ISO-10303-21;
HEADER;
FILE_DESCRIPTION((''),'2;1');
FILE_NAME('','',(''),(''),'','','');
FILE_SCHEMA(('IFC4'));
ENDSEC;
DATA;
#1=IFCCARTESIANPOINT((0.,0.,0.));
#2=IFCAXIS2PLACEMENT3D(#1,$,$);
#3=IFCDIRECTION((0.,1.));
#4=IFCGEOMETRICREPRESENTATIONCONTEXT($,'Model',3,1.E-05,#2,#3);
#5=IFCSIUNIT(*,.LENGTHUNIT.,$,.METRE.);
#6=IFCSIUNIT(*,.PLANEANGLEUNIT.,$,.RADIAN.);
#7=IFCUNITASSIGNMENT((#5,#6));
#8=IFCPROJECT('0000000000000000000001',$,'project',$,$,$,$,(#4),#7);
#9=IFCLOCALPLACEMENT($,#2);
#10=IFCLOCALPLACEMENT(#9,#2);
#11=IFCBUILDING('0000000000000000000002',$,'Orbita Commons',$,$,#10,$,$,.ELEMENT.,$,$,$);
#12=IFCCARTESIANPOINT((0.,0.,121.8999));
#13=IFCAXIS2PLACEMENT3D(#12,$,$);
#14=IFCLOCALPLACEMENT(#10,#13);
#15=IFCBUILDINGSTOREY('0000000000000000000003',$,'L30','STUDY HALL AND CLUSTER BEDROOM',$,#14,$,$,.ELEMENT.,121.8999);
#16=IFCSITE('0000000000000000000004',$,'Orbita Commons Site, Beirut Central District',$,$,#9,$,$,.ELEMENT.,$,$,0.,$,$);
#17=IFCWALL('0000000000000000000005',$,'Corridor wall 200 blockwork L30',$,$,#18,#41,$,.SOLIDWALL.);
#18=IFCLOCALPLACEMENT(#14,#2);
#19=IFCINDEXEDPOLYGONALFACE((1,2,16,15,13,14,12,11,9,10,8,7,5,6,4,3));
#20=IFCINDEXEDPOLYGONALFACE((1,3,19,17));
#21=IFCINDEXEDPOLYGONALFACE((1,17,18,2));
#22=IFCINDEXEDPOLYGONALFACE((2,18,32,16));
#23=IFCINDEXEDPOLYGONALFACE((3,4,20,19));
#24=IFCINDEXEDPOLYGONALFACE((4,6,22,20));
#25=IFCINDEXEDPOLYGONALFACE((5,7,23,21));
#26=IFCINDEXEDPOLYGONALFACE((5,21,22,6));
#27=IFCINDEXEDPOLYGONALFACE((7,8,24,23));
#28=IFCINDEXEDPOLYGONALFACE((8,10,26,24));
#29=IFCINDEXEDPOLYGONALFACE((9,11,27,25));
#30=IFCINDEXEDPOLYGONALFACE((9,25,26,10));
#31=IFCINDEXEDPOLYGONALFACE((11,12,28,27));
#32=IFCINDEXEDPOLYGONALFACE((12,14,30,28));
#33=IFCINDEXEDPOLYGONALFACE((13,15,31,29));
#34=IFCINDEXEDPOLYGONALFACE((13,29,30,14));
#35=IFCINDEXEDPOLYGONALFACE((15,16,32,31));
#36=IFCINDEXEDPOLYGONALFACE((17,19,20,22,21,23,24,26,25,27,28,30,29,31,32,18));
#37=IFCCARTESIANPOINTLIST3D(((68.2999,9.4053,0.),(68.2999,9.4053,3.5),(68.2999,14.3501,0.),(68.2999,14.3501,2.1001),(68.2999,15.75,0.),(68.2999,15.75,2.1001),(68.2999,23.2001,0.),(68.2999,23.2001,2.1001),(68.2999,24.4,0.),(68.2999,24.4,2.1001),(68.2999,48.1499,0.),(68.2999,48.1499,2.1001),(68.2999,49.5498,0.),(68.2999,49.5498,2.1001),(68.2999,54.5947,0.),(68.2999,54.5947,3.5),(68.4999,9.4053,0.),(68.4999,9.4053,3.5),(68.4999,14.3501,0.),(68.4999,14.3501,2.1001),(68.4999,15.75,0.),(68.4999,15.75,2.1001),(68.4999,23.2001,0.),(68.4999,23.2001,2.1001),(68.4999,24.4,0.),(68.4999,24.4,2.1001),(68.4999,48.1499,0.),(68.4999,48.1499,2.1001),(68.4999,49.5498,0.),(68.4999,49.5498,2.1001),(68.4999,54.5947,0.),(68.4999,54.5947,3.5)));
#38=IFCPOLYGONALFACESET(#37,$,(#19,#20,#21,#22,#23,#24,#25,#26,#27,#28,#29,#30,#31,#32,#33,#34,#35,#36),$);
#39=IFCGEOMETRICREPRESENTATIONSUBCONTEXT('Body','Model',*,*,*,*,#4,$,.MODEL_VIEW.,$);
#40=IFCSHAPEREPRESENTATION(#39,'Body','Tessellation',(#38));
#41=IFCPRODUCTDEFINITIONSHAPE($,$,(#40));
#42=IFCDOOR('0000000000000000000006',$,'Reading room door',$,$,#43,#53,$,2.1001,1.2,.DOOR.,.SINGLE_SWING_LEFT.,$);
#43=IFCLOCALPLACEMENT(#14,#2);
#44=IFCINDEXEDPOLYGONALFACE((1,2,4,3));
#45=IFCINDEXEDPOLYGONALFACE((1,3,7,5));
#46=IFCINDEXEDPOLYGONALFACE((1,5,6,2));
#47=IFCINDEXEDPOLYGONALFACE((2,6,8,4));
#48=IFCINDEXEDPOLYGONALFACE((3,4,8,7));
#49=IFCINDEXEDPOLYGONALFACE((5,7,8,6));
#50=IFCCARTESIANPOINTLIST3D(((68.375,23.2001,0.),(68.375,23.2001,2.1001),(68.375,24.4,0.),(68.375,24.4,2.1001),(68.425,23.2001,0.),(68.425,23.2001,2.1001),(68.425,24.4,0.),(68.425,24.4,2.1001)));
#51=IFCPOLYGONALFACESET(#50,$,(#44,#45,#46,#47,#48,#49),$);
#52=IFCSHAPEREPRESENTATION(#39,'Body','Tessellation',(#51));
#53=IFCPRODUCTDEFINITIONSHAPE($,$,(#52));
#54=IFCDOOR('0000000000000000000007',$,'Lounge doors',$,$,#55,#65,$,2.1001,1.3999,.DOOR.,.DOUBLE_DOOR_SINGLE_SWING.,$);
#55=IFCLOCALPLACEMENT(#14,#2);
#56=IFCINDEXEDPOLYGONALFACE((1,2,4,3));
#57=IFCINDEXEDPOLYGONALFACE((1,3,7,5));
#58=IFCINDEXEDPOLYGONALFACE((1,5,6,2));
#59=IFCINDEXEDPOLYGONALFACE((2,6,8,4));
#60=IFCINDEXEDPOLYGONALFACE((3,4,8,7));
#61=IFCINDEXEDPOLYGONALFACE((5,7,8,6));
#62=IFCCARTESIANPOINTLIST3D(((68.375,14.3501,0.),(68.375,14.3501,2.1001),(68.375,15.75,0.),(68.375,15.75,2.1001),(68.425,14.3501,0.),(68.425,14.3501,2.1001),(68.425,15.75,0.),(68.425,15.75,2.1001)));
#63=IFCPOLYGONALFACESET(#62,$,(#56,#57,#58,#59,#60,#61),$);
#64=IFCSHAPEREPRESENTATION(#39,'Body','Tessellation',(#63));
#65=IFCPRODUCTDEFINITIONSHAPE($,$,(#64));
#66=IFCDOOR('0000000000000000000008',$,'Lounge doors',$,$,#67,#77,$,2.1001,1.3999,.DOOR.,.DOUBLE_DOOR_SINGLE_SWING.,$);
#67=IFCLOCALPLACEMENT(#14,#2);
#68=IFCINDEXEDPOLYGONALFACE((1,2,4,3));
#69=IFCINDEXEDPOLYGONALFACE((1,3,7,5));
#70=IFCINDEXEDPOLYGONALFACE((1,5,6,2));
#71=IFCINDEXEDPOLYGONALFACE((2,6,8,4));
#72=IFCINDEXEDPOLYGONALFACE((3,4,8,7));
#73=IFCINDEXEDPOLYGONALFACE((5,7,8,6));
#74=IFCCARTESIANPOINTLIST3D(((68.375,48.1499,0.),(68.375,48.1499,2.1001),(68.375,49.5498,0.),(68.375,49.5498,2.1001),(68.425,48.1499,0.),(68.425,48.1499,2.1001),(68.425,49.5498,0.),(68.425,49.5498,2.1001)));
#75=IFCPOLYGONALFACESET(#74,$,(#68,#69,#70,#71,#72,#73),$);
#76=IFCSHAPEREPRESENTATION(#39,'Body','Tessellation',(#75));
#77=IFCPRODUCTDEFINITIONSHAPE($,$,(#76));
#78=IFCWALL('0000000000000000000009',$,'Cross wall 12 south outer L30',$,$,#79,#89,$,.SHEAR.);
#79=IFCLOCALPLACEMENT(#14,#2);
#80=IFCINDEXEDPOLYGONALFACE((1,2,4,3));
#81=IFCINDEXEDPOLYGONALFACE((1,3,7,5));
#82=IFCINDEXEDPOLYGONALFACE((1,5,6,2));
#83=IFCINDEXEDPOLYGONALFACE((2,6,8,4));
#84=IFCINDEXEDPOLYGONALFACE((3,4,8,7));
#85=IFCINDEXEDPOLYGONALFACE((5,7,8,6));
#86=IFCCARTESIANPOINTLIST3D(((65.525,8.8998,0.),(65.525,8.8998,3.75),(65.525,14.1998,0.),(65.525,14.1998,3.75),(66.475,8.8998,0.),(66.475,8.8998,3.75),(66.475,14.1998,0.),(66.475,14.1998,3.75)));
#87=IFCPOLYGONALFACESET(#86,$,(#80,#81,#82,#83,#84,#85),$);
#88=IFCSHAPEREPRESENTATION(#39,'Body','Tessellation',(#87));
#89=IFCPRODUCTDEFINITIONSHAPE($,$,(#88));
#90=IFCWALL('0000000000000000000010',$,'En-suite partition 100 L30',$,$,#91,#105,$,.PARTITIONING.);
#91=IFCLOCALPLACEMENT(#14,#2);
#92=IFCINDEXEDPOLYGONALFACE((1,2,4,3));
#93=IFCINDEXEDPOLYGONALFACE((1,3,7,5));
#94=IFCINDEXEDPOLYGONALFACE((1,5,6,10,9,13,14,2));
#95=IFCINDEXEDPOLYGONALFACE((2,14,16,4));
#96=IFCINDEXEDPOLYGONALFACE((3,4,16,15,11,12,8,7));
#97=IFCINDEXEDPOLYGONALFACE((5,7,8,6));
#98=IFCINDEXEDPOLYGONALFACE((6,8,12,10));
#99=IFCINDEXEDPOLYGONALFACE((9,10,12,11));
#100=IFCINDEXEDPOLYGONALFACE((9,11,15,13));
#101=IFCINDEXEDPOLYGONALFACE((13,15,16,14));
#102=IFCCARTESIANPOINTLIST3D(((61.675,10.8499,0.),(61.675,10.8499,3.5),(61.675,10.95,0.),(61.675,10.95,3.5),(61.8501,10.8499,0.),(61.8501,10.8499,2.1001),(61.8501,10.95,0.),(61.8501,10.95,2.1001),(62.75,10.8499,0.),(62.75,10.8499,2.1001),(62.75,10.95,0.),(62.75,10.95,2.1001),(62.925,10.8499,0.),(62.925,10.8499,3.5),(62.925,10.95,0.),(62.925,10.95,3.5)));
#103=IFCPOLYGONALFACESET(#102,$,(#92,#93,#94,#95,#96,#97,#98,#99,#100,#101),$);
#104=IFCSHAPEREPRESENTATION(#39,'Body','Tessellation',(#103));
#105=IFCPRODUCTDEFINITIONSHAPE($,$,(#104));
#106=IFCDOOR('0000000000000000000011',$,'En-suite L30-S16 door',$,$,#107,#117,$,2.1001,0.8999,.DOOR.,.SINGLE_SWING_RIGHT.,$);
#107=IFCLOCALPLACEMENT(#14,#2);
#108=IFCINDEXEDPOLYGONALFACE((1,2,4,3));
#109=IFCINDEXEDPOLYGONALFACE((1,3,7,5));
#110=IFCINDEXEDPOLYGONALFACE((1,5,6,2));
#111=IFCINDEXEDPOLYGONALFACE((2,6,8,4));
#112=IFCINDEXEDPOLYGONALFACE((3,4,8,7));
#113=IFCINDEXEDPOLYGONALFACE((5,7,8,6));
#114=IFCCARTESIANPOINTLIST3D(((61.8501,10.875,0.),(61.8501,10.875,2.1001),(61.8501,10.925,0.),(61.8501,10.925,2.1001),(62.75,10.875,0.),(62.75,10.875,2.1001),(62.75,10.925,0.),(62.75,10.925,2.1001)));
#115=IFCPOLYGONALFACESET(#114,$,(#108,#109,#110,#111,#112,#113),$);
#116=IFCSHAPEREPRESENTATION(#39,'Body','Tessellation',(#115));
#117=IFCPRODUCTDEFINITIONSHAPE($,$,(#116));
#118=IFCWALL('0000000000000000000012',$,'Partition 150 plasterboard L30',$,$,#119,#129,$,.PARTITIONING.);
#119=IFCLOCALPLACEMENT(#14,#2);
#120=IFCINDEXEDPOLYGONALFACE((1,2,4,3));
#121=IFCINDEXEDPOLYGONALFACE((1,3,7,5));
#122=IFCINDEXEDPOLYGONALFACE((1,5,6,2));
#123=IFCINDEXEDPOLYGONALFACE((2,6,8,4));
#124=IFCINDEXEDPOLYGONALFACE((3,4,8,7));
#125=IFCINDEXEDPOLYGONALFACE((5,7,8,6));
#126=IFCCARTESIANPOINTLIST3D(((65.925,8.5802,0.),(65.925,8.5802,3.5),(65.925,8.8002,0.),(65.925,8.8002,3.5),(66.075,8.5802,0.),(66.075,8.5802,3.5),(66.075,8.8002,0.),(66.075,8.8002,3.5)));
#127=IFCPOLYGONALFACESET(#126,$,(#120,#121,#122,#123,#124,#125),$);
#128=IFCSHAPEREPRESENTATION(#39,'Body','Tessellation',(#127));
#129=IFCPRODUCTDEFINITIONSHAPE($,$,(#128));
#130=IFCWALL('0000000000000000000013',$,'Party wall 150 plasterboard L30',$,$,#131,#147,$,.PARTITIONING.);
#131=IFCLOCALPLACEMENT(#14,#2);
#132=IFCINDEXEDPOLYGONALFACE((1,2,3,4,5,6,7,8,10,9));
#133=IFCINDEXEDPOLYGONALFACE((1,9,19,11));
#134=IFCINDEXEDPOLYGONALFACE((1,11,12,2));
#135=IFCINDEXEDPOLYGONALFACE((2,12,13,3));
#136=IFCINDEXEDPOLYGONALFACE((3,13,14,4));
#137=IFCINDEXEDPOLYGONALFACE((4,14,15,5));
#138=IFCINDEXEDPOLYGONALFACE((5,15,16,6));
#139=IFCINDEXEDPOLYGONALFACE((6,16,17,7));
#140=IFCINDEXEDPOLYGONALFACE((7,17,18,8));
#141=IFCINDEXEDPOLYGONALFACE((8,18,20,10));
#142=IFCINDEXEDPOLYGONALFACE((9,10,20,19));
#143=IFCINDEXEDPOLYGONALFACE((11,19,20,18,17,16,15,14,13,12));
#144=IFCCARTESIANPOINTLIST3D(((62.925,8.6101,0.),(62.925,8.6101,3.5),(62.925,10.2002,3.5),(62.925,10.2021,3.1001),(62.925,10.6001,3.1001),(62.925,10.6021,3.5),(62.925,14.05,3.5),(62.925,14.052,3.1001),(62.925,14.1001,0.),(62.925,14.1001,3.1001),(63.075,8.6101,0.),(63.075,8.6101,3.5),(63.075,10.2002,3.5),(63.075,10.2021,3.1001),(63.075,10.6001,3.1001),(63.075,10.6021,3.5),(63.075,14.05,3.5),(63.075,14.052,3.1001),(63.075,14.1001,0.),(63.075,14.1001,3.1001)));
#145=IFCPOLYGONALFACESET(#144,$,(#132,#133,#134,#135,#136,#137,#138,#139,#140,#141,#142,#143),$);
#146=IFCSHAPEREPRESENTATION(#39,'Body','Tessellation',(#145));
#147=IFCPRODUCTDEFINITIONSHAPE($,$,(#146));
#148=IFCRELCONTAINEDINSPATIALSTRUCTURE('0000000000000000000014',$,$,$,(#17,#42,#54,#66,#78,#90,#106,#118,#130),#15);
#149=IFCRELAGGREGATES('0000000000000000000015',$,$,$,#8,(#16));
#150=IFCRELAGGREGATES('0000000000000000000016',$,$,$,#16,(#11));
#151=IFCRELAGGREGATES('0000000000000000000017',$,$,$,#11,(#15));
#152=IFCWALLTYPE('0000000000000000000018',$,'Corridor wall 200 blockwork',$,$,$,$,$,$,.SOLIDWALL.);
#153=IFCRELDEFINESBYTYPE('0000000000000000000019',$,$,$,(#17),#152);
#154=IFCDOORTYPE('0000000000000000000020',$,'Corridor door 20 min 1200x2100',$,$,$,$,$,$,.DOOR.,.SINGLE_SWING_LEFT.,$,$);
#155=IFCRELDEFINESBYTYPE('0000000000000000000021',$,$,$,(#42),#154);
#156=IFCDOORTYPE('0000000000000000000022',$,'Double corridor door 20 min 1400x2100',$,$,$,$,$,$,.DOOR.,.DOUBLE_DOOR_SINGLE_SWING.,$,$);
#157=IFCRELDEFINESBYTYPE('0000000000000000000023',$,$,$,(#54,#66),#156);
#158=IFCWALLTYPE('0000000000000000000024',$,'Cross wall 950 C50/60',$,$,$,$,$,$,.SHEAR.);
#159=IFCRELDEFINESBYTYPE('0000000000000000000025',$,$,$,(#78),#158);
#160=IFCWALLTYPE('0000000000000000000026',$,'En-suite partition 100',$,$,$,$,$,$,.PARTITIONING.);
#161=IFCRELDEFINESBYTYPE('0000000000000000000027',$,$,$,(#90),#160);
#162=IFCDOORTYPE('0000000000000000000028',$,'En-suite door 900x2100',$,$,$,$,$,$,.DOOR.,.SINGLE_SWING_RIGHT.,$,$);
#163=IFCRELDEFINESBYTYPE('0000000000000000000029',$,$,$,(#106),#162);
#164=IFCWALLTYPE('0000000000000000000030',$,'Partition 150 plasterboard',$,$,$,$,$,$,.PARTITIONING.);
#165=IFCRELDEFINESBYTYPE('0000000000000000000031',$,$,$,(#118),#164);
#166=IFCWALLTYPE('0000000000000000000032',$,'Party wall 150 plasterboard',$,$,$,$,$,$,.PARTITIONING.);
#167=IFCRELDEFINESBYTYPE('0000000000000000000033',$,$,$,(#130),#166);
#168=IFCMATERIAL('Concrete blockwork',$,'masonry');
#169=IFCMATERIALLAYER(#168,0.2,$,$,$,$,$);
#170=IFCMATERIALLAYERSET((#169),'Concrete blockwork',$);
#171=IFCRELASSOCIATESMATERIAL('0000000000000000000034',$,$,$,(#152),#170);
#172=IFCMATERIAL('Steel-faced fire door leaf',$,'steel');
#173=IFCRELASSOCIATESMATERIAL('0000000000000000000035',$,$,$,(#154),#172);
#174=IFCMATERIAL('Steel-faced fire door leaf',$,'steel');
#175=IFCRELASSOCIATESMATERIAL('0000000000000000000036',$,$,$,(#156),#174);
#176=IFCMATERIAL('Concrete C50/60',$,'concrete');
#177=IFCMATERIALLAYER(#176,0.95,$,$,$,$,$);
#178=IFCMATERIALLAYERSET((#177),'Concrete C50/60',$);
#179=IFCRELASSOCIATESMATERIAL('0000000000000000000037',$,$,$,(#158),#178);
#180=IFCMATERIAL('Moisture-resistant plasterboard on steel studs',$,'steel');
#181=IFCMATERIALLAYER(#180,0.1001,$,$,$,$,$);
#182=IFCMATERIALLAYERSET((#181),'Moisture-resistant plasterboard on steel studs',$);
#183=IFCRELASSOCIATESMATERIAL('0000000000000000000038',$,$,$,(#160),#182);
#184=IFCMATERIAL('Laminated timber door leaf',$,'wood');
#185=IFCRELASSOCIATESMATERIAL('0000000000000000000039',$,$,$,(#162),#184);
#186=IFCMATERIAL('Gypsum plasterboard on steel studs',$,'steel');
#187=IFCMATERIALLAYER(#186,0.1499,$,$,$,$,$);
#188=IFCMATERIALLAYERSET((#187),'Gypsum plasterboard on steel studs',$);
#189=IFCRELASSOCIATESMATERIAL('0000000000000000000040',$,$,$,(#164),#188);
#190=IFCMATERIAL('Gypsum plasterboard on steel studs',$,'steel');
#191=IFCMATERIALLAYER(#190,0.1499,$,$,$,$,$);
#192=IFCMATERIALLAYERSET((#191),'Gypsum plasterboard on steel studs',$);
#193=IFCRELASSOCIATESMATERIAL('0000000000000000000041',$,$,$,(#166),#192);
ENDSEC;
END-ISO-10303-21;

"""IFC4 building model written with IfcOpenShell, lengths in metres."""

from ifc_helpers import new_model, si_unit, direction, frame, frame_2d, origin, place, context, subcontext, project, spatial, polyline, rectangle, outline, extrude, material, layer, layer_set, type_object, element, fill, save


model = new_model("IFC4")

# Units and contexts
model_context = context("Model", 3, precision=1e-05, world=origin(), true_north=direction((0.0, 1.0)))
body_context = subcontext(model_context, "Body", "Model", "MODEL_VIEW")
ifc_project = project(units=[si_unit("LENGTHUNIT", "METRE"), si_unit("PLANEANGLEUNIT", "RADIAN")], contexts=[model_context])

# Site, building, storey
site_placement = place(None, origin())
site = spatial("IfcSite", under=ifc_project, at=site_placement, Name="Orbita Commons Site, Beirut Central District", CompositionType="ELEMENT", RefElevation=0.0)
building_placement = place(site_placement, origin())
building = spatial("IfcBuilding", under=site, at=building_placement, Name="Orbita Commons", CompositionType="ELEMENT")
storey_placement = place(building_placement, frame((0.0, 0.0, 121.8999)))
storey = spatial("IfcBuildingStorey", under=building, at=storey_placement, Name="L30", Description="STUDY HALL AND CLUSTER BEDROOM", CompositionType="ELEMENT", Elevation=121.8999)

# Wall, openings, doors
ifc_material_1 = material(Name="Concrete blockwork", Category="masonry")
ifc_layer_1 = layer(ifc_material_1, 0.2)
ifc_layer_set_1 = layer_set([ifc_layer_1], Name="Concrete blockwork")
wall_type_1 = type_object("IfcWallType", Name="Corridor wall 200 blockwork", PredefinedType="SOLIDWALL", material=ifc_layer_set_1)
wall_1_placement = place(storey_placement, frame((68.3999, 9.4053, 0.0), z_axis=(0.0, 0.0, 1.0), x_axis=(0.0, 1.0, 0.0)))
wall_1 = element("IfcWall", 1, at=wall_1_placement, inside=storey, type_object=wall_type_1, Name="Corridor wall 200 blockwork L30", PredefinedType="SOLIDWALL", context=body_context, shape_type="SweptSolid", body=[
    extrude(rectangle(XDim=45.1895, YDim=0.2, at=frame_2d((22.5947, 0.0))), origin(), (0.0, 0.0, 1.0), 3.5),
])
opening_1_placement = place(wall_1_placement, frame((13.7947, 0.0, 0.0)))
opening_1 = element("IfcOpeningElement", 2, at=opening_1_placement, cuts=wall_1, PredefinedType="OPENING", context=body_context, shape_type="SweptSolid", body=[
    extrude(rectangle(XDim=1.2, YDim=2.1001, at=frame_2d((0.6001, 1.05))), frame((0.0, 0.1099, 0.0), z_axis=(0.0, -1.0, 0.0), x_axis=(1.0, 0.0, 0.0)), (0.0, 0.0, 1.0), 0.22),
])
opening_2_placement = place(wall_1_placement, frame((4.9448, 0.0, 0.0)))
opening_2 = element("IfcOpeningElement", 3, at=opening_2_placement, cuts=wall_1, PredefinedType="OPENING", context=body_context, shape_type="SweptSolid", body=[
    extrude(rectangle(XDim=1.3999, YDim=2.1001, at=frame_2d((0.7, 1.05))), frame((0.0, 0.1099, 0.0), z_axis=(0.0, -1.0, 0.0), x_axis=(1.0, 0.0, 0.0)), (0.0, 0.0, 1.0), 0.22),
])
opening_3_placement = place(wall_1_placement, frame((38.7446, 0.0, 0.0)))
opening_3 = element("IfcOpeningElement", 4, at=opening_3_placement, cuts=wall_1, PredefinedType="OPENING", context=body_context, shape_type="SweptSolid", body=[
    extrude(rectangle(XDim=1.3999, YDim=2.1001, at=frame_2d((0.7, 1.05))), frame((0.0, 0.1099, 0.0), z_axis=(0.0, -1.0, 0.0), x_axis=(1.0, 0.0, 0.0)), (0.0, 0.0, 1.0), 0.22),
])
ifc_material_2 = material(Name="Steel-faced fire door leaf", Category="steel")
door_type_1 = type_object("IfcDoorType", Name="Corridor door 20 min 1200x2100", OperationType="SINGLE_SWING_LEFT", PredefinedType="DOOR", material=ifc_material_2)
door_1_placement = place(opening_1_placement, origin())
door_1 = element("IfcDoor", 5, at=door_1_placement, inside=storey, type_object=door_type_1, Name="Reading room door", OperationType="SINGLE_SWING_LEFT", OverallHeight=2.1001, OverallWidth=1.2, PredefinedType="DOOR", context=body_context, shape_type="SweptSolid", body=[
    extrude(rectangle(XDim=1.2, YDim=2.1001, at=frame_2d((0.6001, 1.05))), frame((0.0, 0.0249, 0.0), z_axis=(0.0, -1.0, 0.0), x_axis=(1.0, 0.0, 0.0)), (0.0, 0.0, 1.0), 0.05),
])
fill(opening_1, door_1)
ifc_material_3 = material(Name="Steel-faced fire door leaf", Category="steel")
door_type_2 = type_object("IfcDoorType", Name="Double corridor door 20 min 1400x2100", OperationType="DOUBLE_DOOR_SINGLE_SWING", PredefinedType="DOOR", material=ifc_material_3)
door_2_placement = place(opening_2_placement, origin())
door_2 = element("IfcDoor", 6, at=door_2_placement, inside=storey, type_object=door_type_2, Name="Lounge doors", OperationType="DOUBLE_DOOR_SINGLE_SWING", OverallHeight=2.1001, OverallWidth=1.3999, PredefinedType="DOOR", context=body_context, shape_type="SweptSolid", body=[
    extrude(rectangle(XDim=1.3999, YDim=2.1001, at=frame_2d((0.7, 1.05))), frame((0.0, 0.0249, 0.0), z_axis=(0.0, -1.0, 0.0), x_axis=(1.0, 0.0, 0.0)), (0.0, 0.0, 1.0), 0.05),
])
fill(opening_2, door_2)
door_3_placement = place(opening_3_placement, origin())
door_3 = element("IfcDoor", 7, at=door_3_placement, inside=storey, type_object=door_type_2, Name="Lounge doors", OperationType="DOUBLE_DOOR_SINGLE_SWING", OverallHeight=2.1001, OverallWidth=1.3999, PredefinedType="DOOR", context=body_context, shape_type="SweptSolid", body=[
    extrude(rectangle(XDim=1.3999, YDim=2.1001, at=frame_2d((0.7, 1.05))), frame((0.0, 0.0249, 0.0), z_axis=(0.0, -1.0, 0.0), x_axis=(1.0, 0.0, 0.0)), (0.0, 0.0, 1.0), 0.05),
])
fill(opening_3, door_3)

# Wall
ifc_material_4 = material(Name="Concrete C50/60", Category="concrete")
ifc_layer_2 = layer(ifc_material_4, 0.95)
ifc_layer_set_2 = layer_set([ifc_layer_2], Name="Concrete C50/60")
wall_type_2 = type_object("IfcWallType", Name="Cross wall 950 C50/60", PredefinedType="SHEAR", material=ifc_layer_set_2)
wall_2_placement = place(storey_placement, frame((66.0, 8.8999, 0.0), z_axis=(0.0, 0.0, 1.0), x_axis=(0.0, 1.0, 0.0)))
element("IfcWall", 8, at=wall_2_placement, inside=storey, type_object=wall_type_2, Name="Cross wall 12 south outer L30", PredefinedType="SHEAR", context=body_context, shape_type="SweptSolid", body=[
    extrude(rectangle(XDim=5.3, YDim=0.95, at=frame_2d((2.6499, 0.0))), origin(), (0.0, 0.0, 1.0), 3.75),
])

# Wall, opening, door
ifc_material_5 = material(Name="Moisture-resistant plasterboard on steel studs", Category="steel")
ifc_layer_3 = layer(ifc_material_5, 0.1001)
ifc_layer_set_3 = layer_set([ifc_layer_3], Name="Moisture-resistant plasterboard on steel studs")
wall_type_3 = type_object("IfcWallType", Name="En-suite partition 100", PredefinedType="PARTITIONING", material=ifc_layer_set_3)
wall_3_placement = place(storey_placement, frame((62.925, 10.8999, 0.0), z_axis=(0.0, 0.0, 1.0), x_axis=(-1.0, 0.0, 0.0)))
wall_3 = element("IfcWall", 9, at=wall_3_placement, inside=storey, type_object=wall_type_3, Name="En-suite partition 100 L30", PredefinedType="PARTITIONING", context=body_context, shape_type="SweptSolid", body=[
    extrude(rectangle(XDim=1.25, YDim=0.1001, at=frame_2d((0.625, 0.0))), origin(), (0.0, 0.0, 1.0), 3.5),
])
opening_4_placement = place(wall_3_placement, frame((0.175, 0.0, 0.0)))
opening_4 = element("IfcOpeningElement", 10, at=opening_4_placement, cuts=wall_3, PredefinedType="OPENING", context=body_context, shape_type="SweptSolid", body=[
    extrude(rectangle(XDim=0.8999, YDim=2.1001, at=frame_2d((0.45, 1.05))), frame((0.0, 0.0601, 0.0), z_axis=(0.0, -1.0, 0.0), x_axis=(1.0, 0.0, 0.0)), (0.0, 0.0, 1.0), 0.1201),
])
ifc_material_6 = material(Name="Laminated timber door leaf", Category="wood")
door_type_3 = type_object("IfcDoorType", Name="En-suite door 900x2100", OperationType="SINGLE_SWING_RIGHT", PredefinedType="DOOR", material=ifc_material_6)
door_4_placement = place(opening_4_placement, origin())
door_4 = element("IfcDoor", 11, at=door_4_placement, inside=storey, type_object=door_type_3, Name="En-suite L30-S16 door", OperationType="SINGLE_SWING_RIGHT", OverallHeight=2.1001, OverallWidth=0.8999, PredefinedType="DOOR", context=body_context, shape_type="SweptSolid", body=[
    extrude(rectangle(XDim=0.8999, YDim=2.1001, at=frame_2d((0.45, 1.05))), frame((0.0, 0.0249, 0.0), z_axis=(0.0, -1.0, 0.0), x_axis=(1.0, 0.0, 0.0)), (0.0, 0.0, 1.0), 0.05),
])
fill(opening_4, door_4)

# Walls
ifc_material_7 = material(Name="Gypsum plasterboard on steel studs", Category="steel")
ifc_layer_4 = layer(ifc_material_7, 0.1499)
ifc_layer_set_4 = layer_set([ifc_layer_4], Name="Gypsum plasterboard on steel studs")
wall_type_4 = type_object("IfcWallType", Name="Partition 150 plasterboard", PredefinedType="PARTITIONING", material=ifc_layer_set_4)
wall_4_placement = place(storey_placement, frame((66.0, 8.8, 0.0), z_axis=(0.0, 0.0, 1.0), x_axis=(0.0, -1.0, 0.0)))
element("IfcWall", 12, at=wall_4_placement, inside=storey, type_object=wall_type_4, Name="Partition 150 plasterboard L30", PredefinedType="PARTITIONING", context=body_context, shape_type="SweptSolid", body=[
    extrude(rectangle(XDim=0.22, YDim=0.1499, at=frame_2d((0.1099, 0.0))), origin(), (0.0, 0.0, 1.0), 3.5),
])
ifc_material_8 = material(Name="Gypsum plasterboard on steel studs", Category="steel")
ifc_layer_5 = layer(ifc_material_8, 0.1499)
ifc_layer_set_5 = layer_set([ifc_layer_5], Name="Gypsum plasterboard on steel studs")
wall_type_5 = type_object("IfcWallType", Name="Party wall 150 plasterboard", PredefinedType="PARTITIONING", material=ifc_layer_set_5)
wall_5_placement = place(storey_placement, frame((63.0, 8.6101, 0.0), z_axis=(0.0, 0.0, 1.0), x_axis=(0.0, 1.0, 0.0)))
element("IfcWall", 13, at=wall_5_placement, inside=storey, type_object=wall_type_5, Name="Party wall 150 plasterboard L30", PredefinedType="PARTITIONING", context=body_context, shape_type="SweptSolid", body=[
    extrude(outline(polyline([(0.0, 0.0), (5.49, 0.0), (5.49, 3.1001), (5.4419, 3.1001), (5.4399, 3.5), (1.9919, 3.5), (1.99, 3.1001), (1.592, 3.1001), (1.5901, 3.5), (0.0, 3.5), (0.0, 0.0)])), frame((0.0, 0.075, 0.0), z_axis=(0.0, -1.0, 0.0), x_axis=(1.0, 0.0, 0.0)), (0.0, 0.0, 1.0), 0.1499),
])

save(model, "model.ifc")
